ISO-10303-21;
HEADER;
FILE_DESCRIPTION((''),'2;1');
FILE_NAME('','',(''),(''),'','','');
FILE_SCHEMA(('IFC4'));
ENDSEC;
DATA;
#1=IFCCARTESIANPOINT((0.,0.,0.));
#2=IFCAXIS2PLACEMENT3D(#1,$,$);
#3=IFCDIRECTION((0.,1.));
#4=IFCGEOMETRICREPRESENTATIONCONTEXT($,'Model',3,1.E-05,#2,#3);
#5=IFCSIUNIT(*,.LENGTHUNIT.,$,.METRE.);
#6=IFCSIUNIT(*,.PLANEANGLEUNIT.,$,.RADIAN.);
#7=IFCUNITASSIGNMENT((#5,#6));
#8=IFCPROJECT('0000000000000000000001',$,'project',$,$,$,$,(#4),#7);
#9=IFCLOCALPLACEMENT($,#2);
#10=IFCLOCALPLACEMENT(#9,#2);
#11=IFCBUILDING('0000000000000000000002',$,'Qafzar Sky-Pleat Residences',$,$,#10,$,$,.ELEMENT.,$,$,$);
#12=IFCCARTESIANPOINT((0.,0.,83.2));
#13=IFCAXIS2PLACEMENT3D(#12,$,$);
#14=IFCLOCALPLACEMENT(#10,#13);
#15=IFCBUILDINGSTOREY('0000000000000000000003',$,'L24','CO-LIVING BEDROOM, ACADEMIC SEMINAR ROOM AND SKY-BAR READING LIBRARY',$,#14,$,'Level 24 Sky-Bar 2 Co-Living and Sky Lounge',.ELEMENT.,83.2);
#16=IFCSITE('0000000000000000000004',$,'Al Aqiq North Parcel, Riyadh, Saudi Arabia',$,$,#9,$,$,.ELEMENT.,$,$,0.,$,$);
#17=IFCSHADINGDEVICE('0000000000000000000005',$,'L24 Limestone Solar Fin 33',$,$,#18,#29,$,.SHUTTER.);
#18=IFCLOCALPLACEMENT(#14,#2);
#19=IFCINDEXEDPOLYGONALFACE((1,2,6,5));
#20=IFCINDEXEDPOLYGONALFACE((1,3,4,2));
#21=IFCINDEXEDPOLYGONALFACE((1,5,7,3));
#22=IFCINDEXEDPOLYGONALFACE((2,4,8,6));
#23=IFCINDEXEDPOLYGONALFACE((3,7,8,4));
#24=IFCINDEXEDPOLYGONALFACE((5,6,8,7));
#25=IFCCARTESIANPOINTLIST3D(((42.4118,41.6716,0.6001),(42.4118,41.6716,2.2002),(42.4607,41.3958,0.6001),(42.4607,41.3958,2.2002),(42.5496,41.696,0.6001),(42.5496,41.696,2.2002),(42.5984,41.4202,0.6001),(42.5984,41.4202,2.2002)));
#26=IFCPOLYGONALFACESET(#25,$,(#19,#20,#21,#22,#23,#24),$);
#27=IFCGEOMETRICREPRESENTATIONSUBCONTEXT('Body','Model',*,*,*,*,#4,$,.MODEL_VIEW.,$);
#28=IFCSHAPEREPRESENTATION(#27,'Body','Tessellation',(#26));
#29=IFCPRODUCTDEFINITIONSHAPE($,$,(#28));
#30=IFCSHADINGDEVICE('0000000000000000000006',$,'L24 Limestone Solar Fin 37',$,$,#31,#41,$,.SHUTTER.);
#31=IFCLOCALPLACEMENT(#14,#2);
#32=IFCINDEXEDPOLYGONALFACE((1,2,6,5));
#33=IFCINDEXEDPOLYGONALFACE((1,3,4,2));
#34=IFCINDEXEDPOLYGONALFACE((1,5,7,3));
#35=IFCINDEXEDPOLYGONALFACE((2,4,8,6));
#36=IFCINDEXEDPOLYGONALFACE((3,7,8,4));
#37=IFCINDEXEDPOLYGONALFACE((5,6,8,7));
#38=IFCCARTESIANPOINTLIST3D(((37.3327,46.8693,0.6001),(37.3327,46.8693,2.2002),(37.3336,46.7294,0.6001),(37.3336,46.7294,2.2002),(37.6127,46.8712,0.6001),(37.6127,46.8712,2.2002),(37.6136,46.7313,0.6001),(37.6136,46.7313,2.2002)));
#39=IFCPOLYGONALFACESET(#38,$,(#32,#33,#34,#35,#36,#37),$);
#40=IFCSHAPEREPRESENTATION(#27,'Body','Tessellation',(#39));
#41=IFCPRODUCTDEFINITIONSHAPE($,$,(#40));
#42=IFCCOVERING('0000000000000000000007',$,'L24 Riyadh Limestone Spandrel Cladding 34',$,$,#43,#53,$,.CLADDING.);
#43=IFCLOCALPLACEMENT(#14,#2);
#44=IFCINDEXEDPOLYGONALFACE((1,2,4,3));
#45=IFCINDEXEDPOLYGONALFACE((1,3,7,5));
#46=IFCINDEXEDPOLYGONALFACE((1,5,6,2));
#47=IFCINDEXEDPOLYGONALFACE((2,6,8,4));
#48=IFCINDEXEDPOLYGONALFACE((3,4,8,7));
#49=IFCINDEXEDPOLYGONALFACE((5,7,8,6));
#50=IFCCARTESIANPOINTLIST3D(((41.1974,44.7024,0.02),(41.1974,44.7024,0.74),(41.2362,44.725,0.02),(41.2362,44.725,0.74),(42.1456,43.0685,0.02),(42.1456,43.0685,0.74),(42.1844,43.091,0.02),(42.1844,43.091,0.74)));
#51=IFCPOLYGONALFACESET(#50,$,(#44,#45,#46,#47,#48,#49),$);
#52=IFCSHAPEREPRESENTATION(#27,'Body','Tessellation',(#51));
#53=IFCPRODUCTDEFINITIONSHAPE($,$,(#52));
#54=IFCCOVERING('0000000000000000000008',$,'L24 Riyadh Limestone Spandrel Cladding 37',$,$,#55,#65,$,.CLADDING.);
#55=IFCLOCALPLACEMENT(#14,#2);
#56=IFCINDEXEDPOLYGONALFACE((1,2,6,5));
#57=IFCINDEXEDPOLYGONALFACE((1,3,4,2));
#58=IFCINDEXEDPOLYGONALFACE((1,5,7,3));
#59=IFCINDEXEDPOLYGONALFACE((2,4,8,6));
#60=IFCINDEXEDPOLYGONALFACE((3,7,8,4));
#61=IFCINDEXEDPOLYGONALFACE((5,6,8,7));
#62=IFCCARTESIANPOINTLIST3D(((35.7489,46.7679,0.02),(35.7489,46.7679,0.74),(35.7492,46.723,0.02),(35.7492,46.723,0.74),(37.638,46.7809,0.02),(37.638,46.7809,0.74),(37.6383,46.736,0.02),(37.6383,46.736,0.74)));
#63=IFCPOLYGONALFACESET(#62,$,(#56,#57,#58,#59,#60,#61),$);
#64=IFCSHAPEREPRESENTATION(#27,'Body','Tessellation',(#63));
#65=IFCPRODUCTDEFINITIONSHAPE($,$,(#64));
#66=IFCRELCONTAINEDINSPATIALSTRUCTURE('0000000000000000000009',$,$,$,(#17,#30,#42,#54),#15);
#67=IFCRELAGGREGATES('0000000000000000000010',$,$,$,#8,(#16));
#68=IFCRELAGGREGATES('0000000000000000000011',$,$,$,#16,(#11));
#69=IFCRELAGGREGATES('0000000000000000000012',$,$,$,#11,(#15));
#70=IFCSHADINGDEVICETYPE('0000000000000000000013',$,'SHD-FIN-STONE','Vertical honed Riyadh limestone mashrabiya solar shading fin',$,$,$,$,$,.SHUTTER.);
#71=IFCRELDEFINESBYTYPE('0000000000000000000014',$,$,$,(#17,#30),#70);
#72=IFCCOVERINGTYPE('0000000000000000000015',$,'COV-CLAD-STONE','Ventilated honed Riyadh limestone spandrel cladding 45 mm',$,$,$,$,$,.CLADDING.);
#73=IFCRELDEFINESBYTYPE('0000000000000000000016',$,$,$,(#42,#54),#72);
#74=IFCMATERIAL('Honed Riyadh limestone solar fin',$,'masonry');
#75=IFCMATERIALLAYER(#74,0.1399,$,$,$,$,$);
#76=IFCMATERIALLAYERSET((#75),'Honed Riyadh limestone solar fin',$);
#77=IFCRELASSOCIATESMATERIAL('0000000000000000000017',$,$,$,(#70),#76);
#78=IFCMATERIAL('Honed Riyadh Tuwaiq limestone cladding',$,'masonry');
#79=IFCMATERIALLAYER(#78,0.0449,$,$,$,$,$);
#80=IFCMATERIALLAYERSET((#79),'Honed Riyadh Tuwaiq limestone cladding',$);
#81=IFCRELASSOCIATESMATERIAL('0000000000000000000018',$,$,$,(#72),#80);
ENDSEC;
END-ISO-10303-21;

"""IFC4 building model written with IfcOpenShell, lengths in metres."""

from ifc_helpers import new_model, si_unit, direction, frame, origin, origin_2d, place, context, subcontext, project, spatial, rectangle, extrude, source, transform, mapped, material, layer, layer_set, type_object, element, save


model = new_model("IFC4")

# Units and contexts
model_context = context("Model", 3, precision=1e-05, world=origin(), true_north=direction((0.0, 1.0)))
body_context = subcontext(model_context, "Body", "Model", "MODEL_VIEW")
ifc_project = project(units=[si_unit("LENGTHUNIT", "METRE"), si_unit("PLANEANGLEUNIT", "RADIAN")], contexts=[model_context])

# Site, building, storey
site_placement = place(None, origin())
site = spatial("IfcSite", under=ifc_project, at=site_placement, Name="Al Aqiq North Parcel, Riyadh, Saudi Arabia", CompositionType="ELEMENT", RefElevation=0.0)
building_placement = place(site_placement, origin())
building = spatial("IfcBuilding", under=site, at=building_placement, Name="Qafzar Sky-Pleat Residences", CompositionType="ELEMENT")
storey_placement = place(building_placement, frame((0.0, 0.0, 83.2)))
storey = spatial("IfcBuildingStorey", under=building, at=storey_placement, Name="L24", Description="CO-LIVING BEDROOM, ACADEMIC SEMINAR ROOM AND SKY-BAR READING LIBRARY", LongName="Level 24 Sky-Bar 2 Co-Living and Sky Lounge", CompositionType="ELEMENT", Elevation=83.2)

# Shading devices
ifc_material_1 = material(Name="Honed Riyadh limestone solar fin", Category="masonry")
ifc_layer_1 = layer(ifc_material_1, 0.1399)
ifc_layer_set_1 = layer_set([ifc_layer_1], Name="Honed Riyadh limestone solar fin")
shading_device_type = type_object("IfcShadingDeviceType", Name="SHD-FIN-STONE", Description="Vertical honed Riyadh limestone mashrabiya solar shading fin", PredefinedType="SHUTTER", material=ifc_layer_set_1)
shared_shape_1 = source(origin(), body_context, "Body", "SweptSolid", [
    extrude(rectangle(XDim=0.1399, YDim=0.28, at=origin_2d()), origin(), (0.0, 0.0, 1.0), 1.6001),
])
for number, where, z_axis, x_axis, name in (
    (1, (42.5051, 41.5459, 0.6001), (0.0, 0.0, 1.0), (0.984674, 0.174403, 0.0), "L24 Limestone Solar Fin 33"),
    (2, (37.4731, 46.8003, 0.6001), (0.0, 0.0, 1.0), (-0.006822, 0.999977, 0.0), "L24 Limestone Solar Fin 37"),
):
    element("IfcShadingDevice", number, at=place(storey_placement, frame(where, z_axis=z_axis, x_axis=x_axis)), inside=storey, type_object=shading_device_type, Name=name, PredefinedType="SHUTTER", context=body_context, shape_type="MappedRepresentation", body=[
        mapped(shared_shape_1, transform((0.0, 0.0, 0.0), x_axis=(1.0, 0.0, 0.0), y_axis=(0.0, 1.0, 0.0), z_axis=(0.0, 0.0, 1.0), scale=1.0)),
    ])

# Coverings
ifc_material_2 = material(Name="Honed Riyadh Tuwaiq limestone cladding", Category="masonry")
ifc_layer_2 = layer(ifc_material_2, 0.0449)
ifc_layer_set_2 = layer_set([ifc_layer_2], Name="Honed Riyadh Tuwaiq limestone cladding")
covering_type = type_object("IfcCoveringType", Name="COV-CLAD-STONE", Description="Ventilated honed Riyadh limestone spandrel cladding 45 mm", PredefinedType="CLADDING", material=ifc_layer_set_2)
shared_shape_2 = source(origin(), body_context, "Body", "SweptSolid", [
    extrude(rectangle(XDim=1.8892, YDim=0.0449, at=origin_2d()), origin(), (0.0, 0.0, 1.0), 0.72),
])
for number, where, z_axis, x_axis, name in (
    (3, (41.6909, 43.8967, 0.02), (0.0, 0.0, 1.0), (-0.501921, 0.864914, 0.0), "L24 Riyadh Limestone Spandrel Cladding 34"),
    (4, (36.6936, 46.752, 0.02), (0.0, 0.0, 1.0), (-0.999976, -0.006861, 0.0), "L24 Riyadh Limestone Spandrel Cladding 37"),
):
    element("IfcCovering", number, at=place(storey_placement, frame(where, z_axis=z_axis, x_axis=x_axis)), inside=storey, type_object=covering_type, Name=name, PredefinedType="CLADDING", context=body_context, shape_type="MappedRepresentation", body=[
        mapped(shared_shape_2, transform((0.0, 0.0, 0.0), x_axis=(1.0, 0.0, 0.0), y_axis=(0.0, 1.0, 0.0), z_axis=(0.0, 0.0, 1.0), scale=1.0)),
    ])

save(model, "model.ifc")
